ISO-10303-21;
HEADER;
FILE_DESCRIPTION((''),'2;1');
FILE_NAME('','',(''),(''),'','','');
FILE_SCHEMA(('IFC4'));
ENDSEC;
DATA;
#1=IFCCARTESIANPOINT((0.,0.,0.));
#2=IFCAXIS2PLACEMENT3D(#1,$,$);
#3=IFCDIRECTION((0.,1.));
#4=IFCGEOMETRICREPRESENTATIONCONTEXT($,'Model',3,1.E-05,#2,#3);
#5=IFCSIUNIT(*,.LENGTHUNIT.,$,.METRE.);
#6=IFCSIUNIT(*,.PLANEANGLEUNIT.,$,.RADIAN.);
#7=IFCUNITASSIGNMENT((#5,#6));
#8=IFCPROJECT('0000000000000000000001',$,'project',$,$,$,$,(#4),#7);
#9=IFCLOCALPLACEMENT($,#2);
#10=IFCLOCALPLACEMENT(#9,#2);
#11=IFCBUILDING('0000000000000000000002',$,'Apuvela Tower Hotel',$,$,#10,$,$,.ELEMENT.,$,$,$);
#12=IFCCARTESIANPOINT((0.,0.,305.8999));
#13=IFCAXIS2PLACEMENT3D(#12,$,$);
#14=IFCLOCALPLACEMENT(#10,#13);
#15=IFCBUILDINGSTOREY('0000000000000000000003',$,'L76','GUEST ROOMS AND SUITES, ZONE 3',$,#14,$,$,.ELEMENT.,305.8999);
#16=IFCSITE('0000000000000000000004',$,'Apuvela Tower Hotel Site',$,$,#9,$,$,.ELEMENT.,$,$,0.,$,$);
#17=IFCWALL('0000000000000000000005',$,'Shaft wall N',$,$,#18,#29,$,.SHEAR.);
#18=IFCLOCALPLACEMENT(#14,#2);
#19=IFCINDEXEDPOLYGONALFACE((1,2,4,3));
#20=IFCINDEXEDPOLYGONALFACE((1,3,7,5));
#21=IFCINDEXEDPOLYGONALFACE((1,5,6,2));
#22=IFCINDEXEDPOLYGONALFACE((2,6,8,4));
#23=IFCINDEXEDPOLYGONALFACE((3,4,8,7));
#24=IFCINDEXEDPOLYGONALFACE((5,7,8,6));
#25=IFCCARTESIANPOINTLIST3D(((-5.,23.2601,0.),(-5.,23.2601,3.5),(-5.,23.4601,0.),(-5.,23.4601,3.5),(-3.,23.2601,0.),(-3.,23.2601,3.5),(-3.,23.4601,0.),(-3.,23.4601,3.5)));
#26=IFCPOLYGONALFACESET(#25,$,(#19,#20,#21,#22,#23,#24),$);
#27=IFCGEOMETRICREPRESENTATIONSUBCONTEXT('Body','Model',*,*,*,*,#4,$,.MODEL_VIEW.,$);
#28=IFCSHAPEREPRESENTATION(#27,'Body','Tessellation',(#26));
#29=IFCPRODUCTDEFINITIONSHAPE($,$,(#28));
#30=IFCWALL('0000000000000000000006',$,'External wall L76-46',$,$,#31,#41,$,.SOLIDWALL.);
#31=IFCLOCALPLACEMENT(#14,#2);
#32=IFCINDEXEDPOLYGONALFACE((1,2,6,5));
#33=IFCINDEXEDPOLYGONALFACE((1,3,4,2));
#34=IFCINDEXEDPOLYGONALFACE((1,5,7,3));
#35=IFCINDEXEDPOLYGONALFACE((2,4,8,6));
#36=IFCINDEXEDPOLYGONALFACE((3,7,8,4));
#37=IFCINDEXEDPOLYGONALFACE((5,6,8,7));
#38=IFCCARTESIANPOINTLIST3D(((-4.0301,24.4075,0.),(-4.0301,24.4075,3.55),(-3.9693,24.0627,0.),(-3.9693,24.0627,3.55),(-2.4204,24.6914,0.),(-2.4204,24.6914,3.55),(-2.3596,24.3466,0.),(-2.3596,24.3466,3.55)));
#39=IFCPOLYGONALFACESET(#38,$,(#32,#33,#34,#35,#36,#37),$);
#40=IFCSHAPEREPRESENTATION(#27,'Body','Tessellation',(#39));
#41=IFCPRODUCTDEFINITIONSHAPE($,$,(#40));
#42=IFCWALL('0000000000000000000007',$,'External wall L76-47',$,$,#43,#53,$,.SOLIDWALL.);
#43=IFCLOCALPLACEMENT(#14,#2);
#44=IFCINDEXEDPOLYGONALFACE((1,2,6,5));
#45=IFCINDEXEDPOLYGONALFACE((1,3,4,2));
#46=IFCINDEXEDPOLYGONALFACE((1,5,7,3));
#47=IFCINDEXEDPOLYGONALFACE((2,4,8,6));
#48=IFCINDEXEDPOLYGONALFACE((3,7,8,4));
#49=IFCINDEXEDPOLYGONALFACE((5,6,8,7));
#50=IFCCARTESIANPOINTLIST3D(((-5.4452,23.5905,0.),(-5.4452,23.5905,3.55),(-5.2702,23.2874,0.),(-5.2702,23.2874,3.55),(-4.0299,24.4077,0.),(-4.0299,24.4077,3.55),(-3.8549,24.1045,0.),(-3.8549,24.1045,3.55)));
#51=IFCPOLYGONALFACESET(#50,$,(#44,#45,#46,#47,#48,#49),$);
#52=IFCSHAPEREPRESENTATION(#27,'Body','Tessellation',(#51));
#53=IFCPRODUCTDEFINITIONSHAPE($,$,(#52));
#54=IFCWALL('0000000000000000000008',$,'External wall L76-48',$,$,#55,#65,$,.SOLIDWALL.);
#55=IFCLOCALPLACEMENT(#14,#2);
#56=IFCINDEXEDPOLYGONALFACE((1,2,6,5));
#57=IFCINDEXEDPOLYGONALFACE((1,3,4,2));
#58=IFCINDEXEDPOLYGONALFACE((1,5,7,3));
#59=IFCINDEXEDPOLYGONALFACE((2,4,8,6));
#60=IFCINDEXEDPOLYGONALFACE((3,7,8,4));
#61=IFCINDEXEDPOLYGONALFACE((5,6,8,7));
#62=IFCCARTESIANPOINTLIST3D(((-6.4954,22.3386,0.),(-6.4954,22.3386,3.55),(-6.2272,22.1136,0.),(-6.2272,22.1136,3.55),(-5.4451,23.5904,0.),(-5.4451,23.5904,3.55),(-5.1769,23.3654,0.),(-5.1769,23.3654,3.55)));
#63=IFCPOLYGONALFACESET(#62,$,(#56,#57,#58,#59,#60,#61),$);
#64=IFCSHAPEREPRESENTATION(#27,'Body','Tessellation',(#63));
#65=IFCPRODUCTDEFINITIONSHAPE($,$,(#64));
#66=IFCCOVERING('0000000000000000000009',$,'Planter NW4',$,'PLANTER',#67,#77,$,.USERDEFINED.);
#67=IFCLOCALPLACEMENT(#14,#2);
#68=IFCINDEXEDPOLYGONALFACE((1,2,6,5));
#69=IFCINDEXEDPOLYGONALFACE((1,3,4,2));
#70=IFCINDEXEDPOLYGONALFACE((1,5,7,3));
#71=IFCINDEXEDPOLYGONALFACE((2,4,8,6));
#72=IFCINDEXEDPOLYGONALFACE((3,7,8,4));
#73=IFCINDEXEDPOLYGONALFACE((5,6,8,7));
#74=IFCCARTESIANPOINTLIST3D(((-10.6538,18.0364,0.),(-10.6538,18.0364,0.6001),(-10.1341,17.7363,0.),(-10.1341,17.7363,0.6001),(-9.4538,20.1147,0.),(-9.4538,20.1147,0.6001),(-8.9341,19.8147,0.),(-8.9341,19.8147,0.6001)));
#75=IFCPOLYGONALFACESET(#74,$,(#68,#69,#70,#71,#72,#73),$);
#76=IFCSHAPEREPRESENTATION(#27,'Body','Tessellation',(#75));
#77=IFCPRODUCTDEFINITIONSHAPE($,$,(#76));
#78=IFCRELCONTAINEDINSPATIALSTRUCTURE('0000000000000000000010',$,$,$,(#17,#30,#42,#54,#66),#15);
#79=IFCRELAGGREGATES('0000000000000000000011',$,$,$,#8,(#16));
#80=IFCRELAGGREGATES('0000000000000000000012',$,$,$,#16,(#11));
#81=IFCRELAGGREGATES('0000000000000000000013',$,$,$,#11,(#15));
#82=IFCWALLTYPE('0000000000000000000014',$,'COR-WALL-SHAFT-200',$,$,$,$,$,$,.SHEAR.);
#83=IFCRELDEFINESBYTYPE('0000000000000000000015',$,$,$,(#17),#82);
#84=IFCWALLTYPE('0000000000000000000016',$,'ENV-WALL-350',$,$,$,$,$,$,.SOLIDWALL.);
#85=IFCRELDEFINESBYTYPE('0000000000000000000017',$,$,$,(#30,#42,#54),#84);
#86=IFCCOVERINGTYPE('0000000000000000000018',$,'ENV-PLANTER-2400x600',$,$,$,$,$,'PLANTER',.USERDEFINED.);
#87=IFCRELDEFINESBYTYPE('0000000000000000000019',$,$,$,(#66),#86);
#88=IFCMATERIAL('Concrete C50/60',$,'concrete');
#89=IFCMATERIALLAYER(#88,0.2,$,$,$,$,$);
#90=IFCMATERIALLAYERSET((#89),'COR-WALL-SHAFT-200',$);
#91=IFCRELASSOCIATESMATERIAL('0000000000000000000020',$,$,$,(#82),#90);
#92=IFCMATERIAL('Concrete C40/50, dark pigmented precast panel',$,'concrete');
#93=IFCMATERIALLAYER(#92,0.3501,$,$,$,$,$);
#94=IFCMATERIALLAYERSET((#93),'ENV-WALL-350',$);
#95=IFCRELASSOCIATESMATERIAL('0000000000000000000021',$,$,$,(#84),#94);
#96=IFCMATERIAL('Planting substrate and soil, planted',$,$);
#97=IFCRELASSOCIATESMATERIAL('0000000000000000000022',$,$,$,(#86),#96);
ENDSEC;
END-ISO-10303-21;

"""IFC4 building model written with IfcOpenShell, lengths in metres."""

from ifc_helpers import new_model, si_unit, direction, frame, frame_2d, origin, origin_2d, place, context, subcontext, project, spatial, rectangle, extrude, material, layer, layer_set, type_object, element, save


model = new_model("IFC4")

# Units and contexts
model_context = context("Model", 3, precision=1e-05, world=origin(), true_north=direction((0.0, 1.0)))
body_context = subcontext(model_context, "Body", "Model", "MODEL_VIEW")
ifc_project = project(units=[si_unit("LENGTHUNIT", "METRE"), si_unit("PLANEANGLEUNIT", "RADIAN")], contexts=[model_context])

# Site, building, storey
site_placement = place(None, origin())
site = spatial("IfcSite", under=ifc_project, at=site_placement, Name="Apuvela Tower Hotel Site", CompositionType="ELEMENT", RefElevation=0.0)
building_placement = place(site_placement, origin())
building = spatial("IfcBuilding", under=site, at=building_placement, Name="Apuvela Tower Hotel", CompositionType="ELEMENT")
storey_placement = place(building_placement, frame((0.0, 0.0, 305.8999)))
storey = spatial("IfcBuildingStorey", under=building, at=storey_placement, Name="L76", Description="GUEST ROOMS AND SUITES, ZONE 3", CompositionType="ELEMENT", Elevation=305.8999)

# Wall
ifc_material_1 = material(Name="Concrete C50/60", Category="concrete")
ifc_layer_1 = layer(ifc_material_1, 0.2)
ifc_layer_set_1 = layer_set([ifc_layer_1], Name="COR-WALL-SHAFT-200")
wall_type_1 = type_object("IfcWallType", Name="COR-WALL-SHAFT-200", PredefinedType="SHEAR", material=ifc_layer_set_1)
for number, where, z_axis, x_axis, name in (
    (1, (-3.0, 23.3601, 0.0), (0.0, 0.0, 1.0), (-1.0, 0.0, 0.0), "Shaft wall N"),
):
    element("IfcWall", number, at=place(storey_placement, frame(where, z_axis=z_axis, x_axis=x_axis)), inside=storey, type_object=wall_type_1, Name=name, PredefinedType="SHEAR", context=body_context, shape_type="SweptSolid", body=[
        extrude(rectangle(XDim=2.0, YDim=0.2, at=frame_2d((1.0, 0.0))), origin(), (0.0, 0.0, 1.0), 3.5),
    ])

# Shared definitions
ifc_material_2 = material(Name="Concrete C40/50, dark pigmented precast panel", Category="concrete")
ifc_layer_2 = layer(ifc_material_2, 0.3501)
ifc_layer_set_2 = layer_set([ifc_layer_2], Name="ENV-WALL-350")
wall_type_2 = type_object("IfcWallType", Name="ENV-WALL-350", PredefinedType="SOLIDWALL", material=ifc_layer_set_2)

# Walls
wall_1_placement = place(storey_placement, frame((-2.3899, 24.519, 0.0), z_axis=(0.0, 0.0, 1.0), x_axis=(-0.984796, -0.173717, 0.0)))
element("IfcWall", 2, at=wall_1_placement, inside=storey, type_object=wall_type_2, Name="External wall L76-46", PredefinedType="SOLIDWALL", context=body_context, shape_type="SweptSolid", body=[
    extrude(rectangle(XDim=1.6345, YDim=0.3501, at=frame_2d((0.8174, 0.0))), origin(), (0.0, 0.0, 1.0), 3.55),
])
wall_2_placement = place(storey_placement, frame((-3.9424, 24.2561, 0.0), z_axis=(0.0, 0.0, 1.0), x_axis=(-0.866019, -0.500011, 0.0)))
element("IfcWall", 3, at=wall_2_placement, inside=storey, type_object=wall_type_2, Name="External wall L76-47", PredefinedType="SOLIDWALL", context=body_context, shape_type="SweptSolid", body=[
    extrude(rectangle(XDim=1.6343, YDim=0.3501, at=frame_2d((0.8171, 0.0))), origin(), (0.0, 0.0, 1.0), 3.55),
])
wall_3_placement = place(storey_placement, frame((-5.311, 23.4778, 0.0), z_axis=(0.0, 0.0, 1.0), x_axis=(-0.642782, -0.766049, 0.0)))
element("IfcWall", 4, at=wall_3_placement, inside=storey, type_object=wall_type_2, Name="External wall L76-48", PredefinedType="SOLIDWALL", context=body_context, shape_type="SweptSolid", body=[
    extrude(rectangle(XDim=1.634, YDim=0.3501, at=frame_2d((0.8169, 0.0))), origin(), (0.0, 0.0, 1.0), 3.55),
])

# Covering
ifc_material_3 = material(Name="Planting substrate and soil, planted")
covering_type = type_object("IfcCoveringType", Name="ENV-PLANTER-2400x600", ElementType="PLANTER", PredefinedType="USERDEFINED", material=ifc_material_3)
covering_placement = place(storey_placement, frame((-9.7939, 18.9255, 0.0), z_axis=(0.0, 0.0, 1.0), x_axis=(-0.5, -0.866025, 0.0)))
element("IfcCovering", 5, at=covering_placement, inside=storey, type_object=covering_type, Name="Planter NW4", ObjectType="PLANTER", PredefinedType="USERDEFINED", context=body_context, shape_type="SweptSolid", body=[
    extrude(rectangle(XDim=2.3999, YDim=0.6001, at=origin_2d()), origin(), (0.0, 0.0, 1.0), 0.6001),
])

save(model, "model.ifc")
